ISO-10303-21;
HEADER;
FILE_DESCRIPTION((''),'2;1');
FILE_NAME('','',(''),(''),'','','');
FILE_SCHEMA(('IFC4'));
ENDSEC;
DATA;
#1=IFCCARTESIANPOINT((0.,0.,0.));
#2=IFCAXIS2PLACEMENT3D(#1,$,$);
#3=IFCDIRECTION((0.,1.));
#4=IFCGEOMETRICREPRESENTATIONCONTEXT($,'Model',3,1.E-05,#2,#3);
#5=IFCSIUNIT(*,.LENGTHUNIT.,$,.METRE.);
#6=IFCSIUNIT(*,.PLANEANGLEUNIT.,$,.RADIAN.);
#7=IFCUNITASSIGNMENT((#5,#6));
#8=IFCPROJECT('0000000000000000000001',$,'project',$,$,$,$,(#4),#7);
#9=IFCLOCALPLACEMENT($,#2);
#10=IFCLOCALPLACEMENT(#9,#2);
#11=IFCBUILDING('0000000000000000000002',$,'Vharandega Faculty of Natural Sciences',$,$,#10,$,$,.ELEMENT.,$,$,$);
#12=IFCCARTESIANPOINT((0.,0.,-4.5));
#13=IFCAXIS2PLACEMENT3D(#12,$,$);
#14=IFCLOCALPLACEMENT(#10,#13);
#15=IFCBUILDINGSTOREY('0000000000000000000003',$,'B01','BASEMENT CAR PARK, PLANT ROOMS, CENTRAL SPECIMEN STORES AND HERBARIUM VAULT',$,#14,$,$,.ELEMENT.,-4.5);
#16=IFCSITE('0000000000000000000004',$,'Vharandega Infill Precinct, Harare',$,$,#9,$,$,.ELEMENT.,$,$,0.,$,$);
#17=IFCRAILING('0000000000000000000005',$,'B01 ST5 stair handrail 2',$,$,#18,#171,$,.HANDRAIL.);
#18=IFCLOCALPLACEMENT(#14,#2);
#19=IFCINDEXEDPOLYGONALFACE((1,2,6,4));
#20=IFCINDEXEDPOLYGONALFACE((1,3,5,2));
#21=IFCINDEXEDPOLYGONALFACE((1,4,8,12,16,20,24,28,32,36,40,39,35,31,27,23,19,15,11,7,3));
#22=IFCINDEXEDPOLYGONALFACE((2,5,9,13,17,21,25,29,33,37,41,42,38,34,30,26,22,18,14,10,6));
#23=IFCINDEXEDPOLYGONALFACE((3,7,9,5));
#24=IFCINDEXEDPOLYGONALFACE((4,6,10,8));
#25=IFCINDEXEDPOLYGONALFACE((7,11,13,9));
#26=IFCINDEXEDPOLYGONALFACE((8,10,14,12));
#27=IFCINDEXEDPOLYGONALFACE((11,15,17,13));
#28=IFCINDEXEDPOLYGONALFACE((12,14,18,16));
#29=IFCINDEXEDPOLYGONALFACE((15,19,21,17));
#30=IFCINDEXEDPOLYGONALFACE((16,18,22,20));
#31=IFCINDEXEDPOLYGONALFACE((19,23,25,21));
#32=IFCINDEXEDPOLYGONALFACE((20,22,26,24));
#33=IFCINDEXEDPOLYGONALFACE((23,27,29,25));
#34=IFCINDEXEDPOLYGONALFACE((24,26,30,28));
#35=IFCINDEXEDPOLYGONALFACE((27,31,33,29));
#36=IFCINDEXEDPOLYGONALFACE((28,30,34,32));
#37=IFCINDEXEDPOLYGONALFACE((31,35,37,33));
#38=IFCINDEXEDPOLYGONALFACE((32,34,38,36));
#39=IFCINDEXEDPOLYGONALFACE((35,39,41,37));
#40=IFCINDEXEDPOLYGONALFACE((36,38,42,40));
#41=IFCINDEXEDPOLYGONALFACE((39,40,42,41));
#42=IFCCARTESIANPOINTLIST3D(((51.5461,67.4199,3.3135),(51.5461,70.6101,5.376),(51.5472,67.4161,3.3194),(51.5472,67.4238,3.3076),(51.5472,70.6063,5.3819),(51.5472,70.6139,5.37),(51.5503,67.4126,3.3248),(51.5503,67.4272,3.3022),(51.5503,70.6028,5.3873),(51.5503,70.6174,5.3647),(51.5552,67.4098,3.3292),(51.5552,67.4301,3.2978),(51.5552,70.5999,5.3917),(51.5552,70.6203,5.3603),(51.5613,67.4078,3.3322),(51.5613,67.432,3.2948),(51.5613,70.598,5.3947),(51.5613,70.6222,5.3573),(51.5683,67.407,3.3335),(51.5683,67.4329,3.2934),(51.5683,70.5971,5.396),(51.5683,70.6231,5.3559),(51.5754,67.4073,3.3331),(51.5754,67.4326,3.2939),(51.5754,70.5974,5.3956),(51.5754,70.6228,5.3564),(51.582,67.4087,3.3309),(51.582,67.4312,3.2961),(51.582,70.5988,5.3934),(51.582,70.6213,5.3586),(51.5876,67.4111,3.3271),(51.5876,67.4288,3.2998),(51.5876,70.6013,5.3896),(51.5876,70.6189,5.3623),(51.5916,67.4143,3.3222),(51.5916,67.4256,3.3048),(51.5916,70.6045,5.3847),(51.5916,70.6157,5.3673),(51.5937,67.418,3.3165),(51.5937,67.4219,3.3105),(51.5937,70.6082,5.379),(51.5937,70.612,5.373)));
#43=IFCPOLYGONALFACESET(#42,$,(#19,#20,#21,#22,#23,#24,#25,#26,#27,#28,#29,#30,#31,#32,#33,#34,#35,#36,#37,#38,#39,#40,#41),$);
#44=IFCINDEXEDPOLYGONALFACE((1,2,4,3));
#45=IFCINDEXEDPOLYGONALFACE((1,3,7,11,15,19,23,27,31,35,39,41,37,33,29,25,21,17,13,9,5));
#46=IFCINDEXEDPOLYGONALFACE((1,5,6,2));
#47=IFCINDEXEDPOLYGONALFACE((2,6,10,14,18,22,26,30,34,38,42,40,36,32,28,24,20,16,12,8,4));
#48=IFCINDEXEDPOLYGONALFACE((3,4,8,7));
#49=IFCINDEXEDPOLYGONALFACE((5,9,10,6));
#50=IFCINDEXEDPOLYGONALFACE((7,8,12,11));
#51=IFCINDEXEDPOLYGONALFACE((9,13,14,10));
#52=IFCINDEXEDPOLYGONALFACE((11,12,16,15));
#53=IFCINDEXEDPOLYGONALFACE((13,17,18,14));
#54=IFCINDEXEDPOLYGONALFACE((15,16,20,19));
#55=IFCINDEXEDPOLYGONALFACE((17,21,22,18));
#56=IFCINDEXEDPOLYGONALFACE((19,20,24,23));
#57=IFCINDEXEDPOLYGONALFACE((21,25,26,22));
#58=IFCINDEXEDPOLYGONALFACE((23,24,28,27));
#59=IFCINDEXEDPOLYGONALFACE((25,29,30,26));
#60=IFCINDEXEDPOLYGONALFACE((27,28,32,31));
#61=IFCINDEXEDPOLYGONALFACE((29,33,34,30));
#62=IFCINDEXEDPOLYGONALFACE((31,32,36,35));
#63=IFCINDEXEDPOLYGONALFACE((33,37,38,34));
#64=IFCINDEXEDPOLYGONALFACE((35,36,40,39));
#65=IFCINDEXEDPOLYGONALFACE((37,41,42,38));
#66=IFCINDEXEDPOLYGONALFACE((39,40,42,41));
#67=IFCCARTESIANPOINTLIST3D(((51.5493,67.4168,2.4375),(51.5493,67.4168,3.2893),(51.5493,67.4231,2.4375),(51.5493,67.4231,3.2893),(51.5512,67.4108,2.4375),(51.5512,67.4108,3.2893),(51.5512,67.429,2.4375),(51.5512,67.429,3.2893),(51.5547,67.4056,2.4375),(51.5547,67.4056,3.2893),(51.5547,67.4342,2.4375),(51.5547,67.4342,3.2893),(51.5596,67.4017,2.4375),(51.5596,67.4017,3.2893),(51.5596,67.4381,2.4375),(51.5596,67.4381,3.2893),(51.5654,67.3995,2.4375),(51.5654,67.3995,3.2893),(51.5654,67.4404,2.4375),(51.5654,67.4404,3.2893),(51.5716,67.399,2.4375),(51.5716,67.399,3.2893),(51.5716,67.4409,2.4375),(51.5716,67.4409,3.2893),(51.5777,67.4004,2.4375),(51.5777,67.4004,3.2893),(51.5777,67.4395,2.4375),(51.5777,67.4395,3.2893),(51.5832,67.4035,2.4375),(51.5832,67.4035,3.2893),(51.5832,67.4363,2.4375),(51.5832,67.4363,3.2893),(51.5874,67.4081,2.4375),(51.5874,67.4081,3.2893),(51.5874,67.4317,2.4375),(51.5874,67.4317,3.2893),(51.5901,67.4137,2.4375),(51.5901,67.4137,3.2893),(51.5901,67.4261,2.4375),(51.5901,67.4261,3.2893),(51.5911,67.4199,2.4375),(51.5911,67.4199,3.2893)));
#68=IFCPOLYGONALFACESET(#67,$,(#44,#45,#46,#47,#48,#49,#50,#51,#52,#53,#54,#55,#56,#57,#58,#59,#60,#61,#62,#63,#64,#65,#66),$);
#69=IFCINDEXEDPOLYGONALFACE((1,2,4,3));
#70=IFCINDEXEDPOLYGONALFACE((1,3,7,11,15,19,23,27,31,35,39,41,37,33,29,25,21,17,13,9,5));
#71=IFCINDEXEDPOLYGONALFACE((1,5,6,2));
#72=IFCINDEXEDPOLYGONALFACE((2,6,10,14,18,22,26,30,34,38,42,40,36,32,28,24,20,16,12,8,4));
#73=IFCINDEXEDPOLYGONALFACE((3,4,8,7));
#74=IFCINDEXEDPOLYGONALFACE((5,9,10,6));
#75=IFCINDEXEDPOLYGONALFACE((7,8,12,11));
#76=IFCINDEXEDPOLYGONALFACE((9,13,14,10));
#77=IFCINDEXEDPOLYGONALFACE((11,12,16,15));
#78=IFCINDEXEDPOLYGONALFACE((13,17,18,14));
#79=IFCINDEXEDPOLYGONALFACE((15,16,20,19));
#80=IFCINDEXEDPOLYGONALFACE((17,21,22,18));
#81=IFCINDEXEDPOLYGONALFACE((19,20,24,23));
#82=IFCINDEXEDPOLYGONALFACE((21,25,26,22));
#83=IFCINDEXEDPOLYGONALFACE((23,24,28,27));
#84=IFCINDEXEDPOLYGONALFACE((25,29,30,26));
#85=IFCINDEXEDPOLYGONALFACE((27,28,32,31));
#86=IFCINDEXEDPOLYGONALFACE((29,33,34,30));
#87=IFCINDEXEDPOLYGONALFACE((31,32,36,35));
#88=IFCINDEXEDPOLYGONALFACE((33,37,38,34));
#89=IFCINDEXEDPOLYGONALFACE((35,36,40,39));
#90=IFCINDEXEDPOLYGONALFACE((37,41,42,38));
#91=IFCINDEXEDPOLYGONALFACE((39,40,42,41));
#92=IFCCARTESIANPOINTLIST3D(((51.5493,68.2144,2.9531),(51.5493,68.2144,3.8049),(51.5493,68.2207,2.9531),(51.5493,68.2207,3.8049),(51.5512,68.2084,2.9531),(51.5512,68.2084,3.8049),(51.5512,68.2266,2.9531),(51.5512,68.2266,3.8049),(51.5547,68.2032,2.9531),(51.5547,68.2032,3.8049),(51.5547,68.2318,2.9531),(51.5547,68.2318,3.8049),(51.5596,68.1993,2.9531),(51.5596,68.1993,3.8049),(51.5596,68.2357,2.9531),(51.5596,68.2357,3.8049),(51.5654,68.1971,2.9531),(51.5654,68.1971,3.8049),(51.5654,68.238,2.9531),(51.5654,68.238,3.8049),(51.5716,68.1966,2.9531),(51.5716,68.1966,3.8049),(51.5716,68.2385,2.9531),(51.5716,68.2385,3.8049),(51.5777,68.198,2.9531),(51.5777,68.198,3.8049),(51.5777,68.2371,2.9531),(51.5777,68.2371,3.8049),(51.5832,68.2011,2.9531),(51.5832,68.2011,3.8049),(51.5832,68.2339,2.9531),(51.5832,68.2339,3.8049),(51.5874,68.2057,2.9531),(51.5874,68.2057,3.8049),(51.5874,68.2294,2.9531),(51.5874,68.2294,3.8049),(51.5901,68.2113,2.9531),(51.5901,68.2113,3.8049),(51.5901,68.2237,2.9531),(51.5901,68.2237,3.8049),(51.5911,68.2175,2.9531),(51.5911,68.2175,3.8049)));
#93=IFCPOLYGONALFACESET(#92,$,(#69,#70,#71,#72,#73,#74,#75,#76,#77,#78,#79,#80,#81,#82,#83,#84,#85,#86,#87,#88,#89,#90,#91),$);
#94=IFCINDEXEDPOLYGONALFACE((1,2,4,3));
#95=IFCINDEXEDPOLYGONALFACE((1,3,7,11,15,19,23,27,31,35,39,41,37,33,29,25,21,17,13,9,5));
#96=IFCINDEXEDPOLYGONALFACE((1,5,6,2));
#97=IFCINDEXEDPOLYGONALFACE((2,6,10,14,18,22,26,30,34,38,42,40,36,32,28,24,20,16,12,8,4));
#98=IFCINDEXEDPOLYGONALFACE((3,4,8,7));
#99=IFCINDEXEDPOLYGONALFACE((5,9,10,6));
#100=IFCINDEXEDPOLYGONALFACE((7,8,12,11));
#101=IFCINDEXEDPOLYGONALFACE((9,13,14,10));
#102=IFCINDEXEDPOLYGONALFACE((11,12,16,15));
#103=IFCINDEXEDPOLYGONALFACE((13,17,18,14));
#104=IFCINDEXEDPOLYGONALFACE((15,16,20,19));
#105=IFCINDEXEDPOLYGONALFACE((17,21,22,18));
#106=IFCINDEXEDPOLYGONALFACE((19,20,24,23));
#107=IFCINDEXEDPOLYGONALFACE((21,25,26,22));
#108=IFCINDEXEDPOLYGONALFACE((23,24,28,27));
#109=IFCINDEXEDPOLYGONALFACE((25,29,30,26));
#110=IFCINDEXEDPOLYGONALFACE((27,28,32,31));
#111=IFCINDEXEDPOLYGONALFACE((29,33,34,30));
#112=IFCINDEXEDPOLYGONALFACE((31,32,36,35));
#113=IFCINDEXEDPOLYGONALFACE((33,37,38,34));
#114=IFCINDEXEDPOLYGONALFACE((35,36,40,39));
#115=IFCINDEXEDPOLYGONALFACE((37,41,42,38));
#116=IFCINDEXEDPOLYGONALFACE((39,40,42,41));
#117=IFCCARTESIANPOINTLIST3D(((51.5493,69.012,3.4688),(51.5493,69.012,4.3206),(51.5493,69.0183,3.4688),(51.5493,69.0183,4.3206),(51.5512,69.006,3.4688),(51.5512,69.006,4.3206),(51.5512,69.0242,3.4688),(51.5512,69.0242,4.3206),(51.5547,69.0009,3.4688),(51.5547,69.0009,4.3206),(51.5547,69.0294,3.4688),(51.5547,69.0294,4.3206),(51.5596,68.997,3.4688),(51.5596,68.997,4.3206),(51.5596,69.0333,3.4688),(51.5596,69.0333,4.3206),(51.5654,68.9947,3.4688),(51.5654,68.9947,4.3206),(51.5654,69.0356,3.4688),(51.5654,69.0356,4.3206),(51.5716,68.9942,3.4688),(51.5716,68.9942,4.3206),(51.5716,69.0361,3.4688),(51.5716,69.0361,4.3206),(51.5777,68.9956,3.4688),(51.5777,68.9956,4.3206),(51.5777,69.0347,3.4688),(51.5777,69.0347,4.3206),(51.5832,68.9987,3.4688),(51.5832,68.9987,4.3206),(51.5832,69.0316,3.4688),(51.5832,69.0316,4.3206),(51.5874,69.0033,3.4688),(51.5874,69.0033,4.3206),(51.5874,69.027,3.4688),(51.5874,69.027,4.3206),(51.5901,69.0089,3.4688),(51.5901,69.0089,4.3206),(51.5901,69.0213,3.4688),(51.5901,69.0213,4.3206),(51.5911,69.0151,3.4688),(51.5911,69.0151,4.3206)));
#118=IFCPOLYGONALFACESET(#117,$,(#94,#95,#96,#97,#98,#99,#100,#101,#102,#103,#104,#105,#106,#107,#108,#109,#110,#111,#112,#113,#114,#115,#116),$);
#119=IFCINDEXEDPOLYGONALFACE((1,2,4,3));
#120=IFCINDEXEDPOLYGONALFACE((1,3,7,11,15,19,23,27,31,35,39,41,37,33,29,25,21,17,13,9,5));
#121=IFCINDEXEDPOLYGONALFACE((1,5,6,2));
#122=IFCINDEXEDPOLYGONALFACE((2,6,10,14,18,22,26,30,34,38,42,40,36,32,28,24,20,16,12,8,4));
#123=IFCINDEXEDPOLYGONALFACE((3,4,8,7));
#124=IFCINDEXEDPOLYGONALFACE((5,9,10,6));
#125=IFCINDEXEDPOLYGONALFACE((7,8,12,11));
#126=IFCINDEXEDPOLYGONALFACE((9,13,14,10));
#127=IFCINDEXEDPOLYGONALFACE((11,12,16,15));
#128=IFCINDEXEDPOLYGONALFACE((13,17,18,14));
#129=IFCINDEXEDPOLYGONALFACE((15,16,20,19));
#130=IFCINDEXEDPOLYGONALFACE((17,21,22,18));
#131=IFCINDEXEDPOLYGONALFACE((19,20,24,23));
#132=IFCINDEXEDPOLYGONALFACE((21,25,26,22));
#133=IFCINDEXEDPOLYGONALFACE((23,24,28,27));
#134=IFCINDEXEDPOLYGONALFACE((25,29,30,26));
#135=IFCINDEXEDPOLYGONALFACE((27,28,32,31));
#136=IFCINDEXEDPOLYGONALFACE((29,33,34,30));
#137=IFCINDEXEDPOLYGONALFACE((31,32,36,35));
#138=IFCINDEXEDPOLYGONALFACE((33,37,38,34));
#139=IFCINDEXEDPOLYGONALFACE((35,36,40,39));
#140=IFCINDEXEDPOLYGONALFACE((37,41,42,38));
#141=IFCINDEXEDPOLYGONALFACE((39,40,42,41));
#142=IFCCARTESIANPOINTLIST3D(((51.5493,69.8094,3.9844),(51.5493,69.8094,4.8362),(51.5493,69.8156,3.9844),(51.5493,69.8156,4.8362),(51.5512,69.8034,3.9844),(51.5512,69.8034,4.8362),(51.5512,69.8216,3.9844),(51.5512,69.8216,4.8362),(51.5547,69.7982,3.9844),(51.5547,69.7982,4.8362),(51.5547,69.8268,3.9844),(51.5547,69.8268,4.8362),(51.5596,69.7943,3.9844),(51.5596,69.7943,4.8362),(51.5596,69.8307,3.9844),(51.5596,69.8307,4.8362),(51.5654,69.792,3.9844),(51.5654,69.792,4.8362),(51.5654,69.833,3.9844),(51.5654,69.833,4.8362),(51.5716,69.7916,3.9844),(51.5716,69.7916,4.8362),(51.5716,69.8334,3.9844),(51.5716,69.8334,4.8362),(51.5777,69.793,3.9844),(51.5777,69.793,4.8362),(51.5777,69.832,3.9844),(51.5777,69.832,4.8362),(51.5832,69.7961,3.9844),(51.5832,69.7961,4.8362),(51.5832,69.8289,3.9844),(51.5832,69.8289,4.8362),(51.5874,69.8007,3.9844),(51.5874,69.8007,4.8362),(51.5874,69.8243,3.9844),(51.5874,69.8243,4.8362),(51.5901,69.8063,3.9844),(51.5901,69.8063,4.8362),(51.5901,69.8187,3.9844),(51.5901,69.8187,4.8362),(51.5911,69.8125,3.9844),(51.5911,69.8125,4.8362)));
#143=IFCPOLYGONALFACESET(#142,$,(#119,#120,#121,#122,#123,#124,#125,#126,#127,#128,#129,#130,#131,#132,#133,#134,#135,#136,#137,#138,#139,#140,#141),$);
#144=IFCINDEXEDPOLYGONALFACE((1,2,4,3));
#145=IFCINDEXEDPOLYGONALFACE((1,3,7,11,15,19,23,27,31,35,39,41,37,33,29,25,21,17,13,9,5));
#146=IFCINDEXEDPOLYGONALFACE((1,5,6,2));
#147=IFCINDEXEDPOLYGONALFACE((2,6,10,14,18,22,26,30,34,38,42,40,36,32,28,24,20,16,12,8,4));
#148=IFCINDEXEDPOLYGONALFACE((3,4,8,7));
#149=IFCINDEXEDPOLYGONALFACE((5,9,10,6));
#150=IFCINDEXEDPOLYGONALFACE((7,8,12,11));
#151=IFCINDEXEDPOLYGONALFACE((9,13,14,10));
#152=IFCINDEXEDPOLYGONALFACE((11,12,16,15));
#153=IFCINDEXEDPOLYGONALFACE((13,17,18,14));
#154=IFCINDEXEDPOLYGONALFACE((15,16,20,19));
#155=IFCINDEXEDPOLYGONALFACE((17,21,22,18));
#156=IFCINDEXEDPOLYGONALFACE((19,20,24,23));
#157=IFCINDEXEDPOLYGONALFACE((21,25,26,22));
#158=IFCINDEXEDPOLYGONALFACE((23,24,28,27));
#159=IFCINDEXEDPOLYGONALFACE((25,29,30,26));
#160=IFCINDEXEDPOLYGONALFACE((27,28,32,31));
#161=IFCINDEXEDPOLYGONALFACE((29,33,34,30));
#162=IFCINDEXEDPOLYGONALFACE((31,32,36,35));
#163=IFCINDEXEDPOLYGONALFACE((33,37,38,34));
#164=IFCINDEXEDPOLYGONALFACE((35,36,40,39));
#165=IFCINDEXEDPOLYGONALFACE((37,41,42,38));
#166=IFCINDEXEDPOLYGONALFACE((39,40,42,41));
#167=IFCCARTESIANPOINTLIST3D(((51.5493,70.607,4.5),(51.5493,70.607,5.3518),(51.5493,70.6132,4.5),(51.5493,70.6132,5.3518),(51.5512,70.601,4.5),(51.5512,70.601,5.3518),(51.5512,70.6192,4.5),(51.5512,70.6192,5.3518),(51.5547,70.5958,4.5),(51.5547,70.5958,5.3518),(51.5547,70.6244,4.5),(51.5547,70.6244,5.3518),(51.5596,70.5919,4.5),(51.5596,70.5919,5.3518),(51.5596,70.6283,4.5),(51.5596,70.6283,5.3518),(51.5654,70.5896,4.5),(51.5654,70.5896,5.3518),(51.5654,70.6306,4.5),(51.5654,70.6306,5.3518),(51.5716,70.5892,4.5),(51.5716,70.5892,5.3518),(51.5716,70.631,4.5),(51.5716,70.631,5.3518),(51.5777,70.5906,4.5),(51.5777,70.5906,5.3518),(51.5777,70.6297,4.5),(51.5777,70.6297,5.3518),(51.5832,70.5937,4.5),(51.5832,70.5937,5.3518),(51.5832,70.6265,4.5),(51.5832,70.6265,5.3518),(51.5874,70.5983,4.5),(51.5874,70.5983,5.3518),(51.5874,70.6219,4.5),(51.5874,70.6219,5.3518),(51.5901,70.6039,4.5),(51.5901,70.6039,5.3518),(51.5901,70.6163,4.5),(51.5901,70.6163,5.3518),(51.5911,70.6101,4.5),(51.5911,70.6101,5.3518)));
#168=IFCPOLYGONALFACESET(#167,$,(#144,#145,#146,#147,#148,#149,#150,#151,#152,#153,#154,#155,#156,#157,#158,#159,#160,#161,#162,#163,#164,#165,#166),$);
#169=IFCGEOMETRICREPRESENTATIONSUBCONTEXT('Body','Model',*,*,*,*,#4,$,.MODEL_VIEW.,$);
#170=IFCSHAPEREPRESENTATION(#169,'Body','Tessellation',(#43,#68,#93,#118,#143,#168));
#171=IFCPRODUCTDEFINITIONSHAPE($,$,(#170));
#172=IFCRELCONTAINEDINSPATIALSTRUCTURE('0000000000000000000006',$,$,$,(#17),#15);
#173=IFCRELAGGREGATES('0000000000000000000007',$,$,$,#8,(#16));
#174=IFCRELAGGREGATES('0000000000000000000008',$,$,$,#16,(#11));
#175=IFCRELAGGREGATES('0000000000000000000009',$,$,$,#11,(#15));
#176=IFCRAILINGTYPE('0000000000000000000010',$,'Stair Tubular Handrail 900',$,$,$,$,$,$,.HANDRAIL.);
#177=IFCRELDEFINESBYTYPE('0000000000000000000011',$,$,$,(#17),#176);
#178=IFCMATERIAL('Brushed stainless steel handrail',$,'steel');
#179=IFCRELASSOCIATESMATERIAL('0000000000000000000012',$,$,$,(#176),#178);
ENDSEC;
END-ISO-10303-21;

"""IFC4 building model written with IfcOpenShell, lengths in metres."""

from ifc_helpers import new_model, si_unit, direction, frame, origin, origin_2d, place, context, subcontext, project, spatial, circle, extrude, material, type_object, element, save


model = new_model("IFC4")

# Units and contexts
model_context = context("Model", 3, precision=1e-05, world=origin(), true_north=direction((0.0, 1.0)))
body_context = subcontext(model_context, "Body", "Model", "MODEL_VIEW")
ifc_project = project(units=[si_unit("LENGTHUNIT", "METRE"), si_unit("PLANEANGLEUNIT", "RADIAN")], contexts=[model_context])

# Site, building, storey
site_placement = place(None, origin())
site = spatial("IfcSite", under=ifc_project, at=site_placement, Name="Vharandega Infill Precinct, Harare", CompositionType="ELEMENT", RefElevation=0.0)
building_placement = place(site_placement, origin())
building = spatial("IfcBuilding", under=site, at=building_placement, Name="Vharandega Faculty of Natural Sciences", CompositionType="ELEMENT")
storey_placement = place(building_placement, frame((0.0, 0.0, -4.5)))
storey = spatial("IfcBuildingStorey", under=building, at=storey_placement, Name="B01", Description="BASEMENT CAR PARK, PLANT ROOMS, CENTRAL SPECIMEN STORES AND HERBARIUM VAULT", CompositionType="ELEMENT", Elevation=-4.5)

# Railing
ifc_material_1 = material(Name="Brushed stainless steel handrail", Category="steel")
railing_type_1 = type_object("IfcRailingType", Name="Stair Tubular Handrail 900", PredefinedType="HANDRAIL", material=ifc_material_1)
railing_1_placement = place(storey_placement, frame((51.5701, 67.4199, 2.4375)))
element("IfcRailing", 1, at=railing_1_placement, inside=storey, type_object=railing_type_1, Name="B01 ST5 stair handrail 2", PredefinedType="HANDRAIL", context=body_context, shape_type="SweptSolid", body=[
    extrude(circle(Radius=0.0239, at=origin_2d()), frame((0.0, 0.0, 0.876), z_axis=(0.0, 0.839779, 0.542929), x_axis=(-1.0, 0.0, 0.0)), (0.0, 0.0, 1.0), 3.7988),
    extrude(circle(Radius=0.021, at=origin_2d()), origin(), (0.0, 0.0, 1.0), 0.8518),
    extrude(circle(Radius=0.021, at=origin_2d()), frame((0.0, 0.7976, 0.5156)), (0.0, 0.0, 1.0), 0.8518),
    extrude(circle(Radius=0.021, at=origin_2d()), frame((0.0, 1.5952, 1.0312)), (0.0, 0.0, 1.0), 0.8518),
    extrude(circle(Radius=0.021, at=origin_2d()), frame((0.0, 2.3926, 1.5469)), (0.0, 0.0, 1.0), 0.8518),
    extrude(circle(Radius=0.021, at=origin_2d()), frame((0.0, 3.1902, 2.0625)), (0.0, 0.0, 1.0), 0.8518),
])

save(model, "model.ifc")
